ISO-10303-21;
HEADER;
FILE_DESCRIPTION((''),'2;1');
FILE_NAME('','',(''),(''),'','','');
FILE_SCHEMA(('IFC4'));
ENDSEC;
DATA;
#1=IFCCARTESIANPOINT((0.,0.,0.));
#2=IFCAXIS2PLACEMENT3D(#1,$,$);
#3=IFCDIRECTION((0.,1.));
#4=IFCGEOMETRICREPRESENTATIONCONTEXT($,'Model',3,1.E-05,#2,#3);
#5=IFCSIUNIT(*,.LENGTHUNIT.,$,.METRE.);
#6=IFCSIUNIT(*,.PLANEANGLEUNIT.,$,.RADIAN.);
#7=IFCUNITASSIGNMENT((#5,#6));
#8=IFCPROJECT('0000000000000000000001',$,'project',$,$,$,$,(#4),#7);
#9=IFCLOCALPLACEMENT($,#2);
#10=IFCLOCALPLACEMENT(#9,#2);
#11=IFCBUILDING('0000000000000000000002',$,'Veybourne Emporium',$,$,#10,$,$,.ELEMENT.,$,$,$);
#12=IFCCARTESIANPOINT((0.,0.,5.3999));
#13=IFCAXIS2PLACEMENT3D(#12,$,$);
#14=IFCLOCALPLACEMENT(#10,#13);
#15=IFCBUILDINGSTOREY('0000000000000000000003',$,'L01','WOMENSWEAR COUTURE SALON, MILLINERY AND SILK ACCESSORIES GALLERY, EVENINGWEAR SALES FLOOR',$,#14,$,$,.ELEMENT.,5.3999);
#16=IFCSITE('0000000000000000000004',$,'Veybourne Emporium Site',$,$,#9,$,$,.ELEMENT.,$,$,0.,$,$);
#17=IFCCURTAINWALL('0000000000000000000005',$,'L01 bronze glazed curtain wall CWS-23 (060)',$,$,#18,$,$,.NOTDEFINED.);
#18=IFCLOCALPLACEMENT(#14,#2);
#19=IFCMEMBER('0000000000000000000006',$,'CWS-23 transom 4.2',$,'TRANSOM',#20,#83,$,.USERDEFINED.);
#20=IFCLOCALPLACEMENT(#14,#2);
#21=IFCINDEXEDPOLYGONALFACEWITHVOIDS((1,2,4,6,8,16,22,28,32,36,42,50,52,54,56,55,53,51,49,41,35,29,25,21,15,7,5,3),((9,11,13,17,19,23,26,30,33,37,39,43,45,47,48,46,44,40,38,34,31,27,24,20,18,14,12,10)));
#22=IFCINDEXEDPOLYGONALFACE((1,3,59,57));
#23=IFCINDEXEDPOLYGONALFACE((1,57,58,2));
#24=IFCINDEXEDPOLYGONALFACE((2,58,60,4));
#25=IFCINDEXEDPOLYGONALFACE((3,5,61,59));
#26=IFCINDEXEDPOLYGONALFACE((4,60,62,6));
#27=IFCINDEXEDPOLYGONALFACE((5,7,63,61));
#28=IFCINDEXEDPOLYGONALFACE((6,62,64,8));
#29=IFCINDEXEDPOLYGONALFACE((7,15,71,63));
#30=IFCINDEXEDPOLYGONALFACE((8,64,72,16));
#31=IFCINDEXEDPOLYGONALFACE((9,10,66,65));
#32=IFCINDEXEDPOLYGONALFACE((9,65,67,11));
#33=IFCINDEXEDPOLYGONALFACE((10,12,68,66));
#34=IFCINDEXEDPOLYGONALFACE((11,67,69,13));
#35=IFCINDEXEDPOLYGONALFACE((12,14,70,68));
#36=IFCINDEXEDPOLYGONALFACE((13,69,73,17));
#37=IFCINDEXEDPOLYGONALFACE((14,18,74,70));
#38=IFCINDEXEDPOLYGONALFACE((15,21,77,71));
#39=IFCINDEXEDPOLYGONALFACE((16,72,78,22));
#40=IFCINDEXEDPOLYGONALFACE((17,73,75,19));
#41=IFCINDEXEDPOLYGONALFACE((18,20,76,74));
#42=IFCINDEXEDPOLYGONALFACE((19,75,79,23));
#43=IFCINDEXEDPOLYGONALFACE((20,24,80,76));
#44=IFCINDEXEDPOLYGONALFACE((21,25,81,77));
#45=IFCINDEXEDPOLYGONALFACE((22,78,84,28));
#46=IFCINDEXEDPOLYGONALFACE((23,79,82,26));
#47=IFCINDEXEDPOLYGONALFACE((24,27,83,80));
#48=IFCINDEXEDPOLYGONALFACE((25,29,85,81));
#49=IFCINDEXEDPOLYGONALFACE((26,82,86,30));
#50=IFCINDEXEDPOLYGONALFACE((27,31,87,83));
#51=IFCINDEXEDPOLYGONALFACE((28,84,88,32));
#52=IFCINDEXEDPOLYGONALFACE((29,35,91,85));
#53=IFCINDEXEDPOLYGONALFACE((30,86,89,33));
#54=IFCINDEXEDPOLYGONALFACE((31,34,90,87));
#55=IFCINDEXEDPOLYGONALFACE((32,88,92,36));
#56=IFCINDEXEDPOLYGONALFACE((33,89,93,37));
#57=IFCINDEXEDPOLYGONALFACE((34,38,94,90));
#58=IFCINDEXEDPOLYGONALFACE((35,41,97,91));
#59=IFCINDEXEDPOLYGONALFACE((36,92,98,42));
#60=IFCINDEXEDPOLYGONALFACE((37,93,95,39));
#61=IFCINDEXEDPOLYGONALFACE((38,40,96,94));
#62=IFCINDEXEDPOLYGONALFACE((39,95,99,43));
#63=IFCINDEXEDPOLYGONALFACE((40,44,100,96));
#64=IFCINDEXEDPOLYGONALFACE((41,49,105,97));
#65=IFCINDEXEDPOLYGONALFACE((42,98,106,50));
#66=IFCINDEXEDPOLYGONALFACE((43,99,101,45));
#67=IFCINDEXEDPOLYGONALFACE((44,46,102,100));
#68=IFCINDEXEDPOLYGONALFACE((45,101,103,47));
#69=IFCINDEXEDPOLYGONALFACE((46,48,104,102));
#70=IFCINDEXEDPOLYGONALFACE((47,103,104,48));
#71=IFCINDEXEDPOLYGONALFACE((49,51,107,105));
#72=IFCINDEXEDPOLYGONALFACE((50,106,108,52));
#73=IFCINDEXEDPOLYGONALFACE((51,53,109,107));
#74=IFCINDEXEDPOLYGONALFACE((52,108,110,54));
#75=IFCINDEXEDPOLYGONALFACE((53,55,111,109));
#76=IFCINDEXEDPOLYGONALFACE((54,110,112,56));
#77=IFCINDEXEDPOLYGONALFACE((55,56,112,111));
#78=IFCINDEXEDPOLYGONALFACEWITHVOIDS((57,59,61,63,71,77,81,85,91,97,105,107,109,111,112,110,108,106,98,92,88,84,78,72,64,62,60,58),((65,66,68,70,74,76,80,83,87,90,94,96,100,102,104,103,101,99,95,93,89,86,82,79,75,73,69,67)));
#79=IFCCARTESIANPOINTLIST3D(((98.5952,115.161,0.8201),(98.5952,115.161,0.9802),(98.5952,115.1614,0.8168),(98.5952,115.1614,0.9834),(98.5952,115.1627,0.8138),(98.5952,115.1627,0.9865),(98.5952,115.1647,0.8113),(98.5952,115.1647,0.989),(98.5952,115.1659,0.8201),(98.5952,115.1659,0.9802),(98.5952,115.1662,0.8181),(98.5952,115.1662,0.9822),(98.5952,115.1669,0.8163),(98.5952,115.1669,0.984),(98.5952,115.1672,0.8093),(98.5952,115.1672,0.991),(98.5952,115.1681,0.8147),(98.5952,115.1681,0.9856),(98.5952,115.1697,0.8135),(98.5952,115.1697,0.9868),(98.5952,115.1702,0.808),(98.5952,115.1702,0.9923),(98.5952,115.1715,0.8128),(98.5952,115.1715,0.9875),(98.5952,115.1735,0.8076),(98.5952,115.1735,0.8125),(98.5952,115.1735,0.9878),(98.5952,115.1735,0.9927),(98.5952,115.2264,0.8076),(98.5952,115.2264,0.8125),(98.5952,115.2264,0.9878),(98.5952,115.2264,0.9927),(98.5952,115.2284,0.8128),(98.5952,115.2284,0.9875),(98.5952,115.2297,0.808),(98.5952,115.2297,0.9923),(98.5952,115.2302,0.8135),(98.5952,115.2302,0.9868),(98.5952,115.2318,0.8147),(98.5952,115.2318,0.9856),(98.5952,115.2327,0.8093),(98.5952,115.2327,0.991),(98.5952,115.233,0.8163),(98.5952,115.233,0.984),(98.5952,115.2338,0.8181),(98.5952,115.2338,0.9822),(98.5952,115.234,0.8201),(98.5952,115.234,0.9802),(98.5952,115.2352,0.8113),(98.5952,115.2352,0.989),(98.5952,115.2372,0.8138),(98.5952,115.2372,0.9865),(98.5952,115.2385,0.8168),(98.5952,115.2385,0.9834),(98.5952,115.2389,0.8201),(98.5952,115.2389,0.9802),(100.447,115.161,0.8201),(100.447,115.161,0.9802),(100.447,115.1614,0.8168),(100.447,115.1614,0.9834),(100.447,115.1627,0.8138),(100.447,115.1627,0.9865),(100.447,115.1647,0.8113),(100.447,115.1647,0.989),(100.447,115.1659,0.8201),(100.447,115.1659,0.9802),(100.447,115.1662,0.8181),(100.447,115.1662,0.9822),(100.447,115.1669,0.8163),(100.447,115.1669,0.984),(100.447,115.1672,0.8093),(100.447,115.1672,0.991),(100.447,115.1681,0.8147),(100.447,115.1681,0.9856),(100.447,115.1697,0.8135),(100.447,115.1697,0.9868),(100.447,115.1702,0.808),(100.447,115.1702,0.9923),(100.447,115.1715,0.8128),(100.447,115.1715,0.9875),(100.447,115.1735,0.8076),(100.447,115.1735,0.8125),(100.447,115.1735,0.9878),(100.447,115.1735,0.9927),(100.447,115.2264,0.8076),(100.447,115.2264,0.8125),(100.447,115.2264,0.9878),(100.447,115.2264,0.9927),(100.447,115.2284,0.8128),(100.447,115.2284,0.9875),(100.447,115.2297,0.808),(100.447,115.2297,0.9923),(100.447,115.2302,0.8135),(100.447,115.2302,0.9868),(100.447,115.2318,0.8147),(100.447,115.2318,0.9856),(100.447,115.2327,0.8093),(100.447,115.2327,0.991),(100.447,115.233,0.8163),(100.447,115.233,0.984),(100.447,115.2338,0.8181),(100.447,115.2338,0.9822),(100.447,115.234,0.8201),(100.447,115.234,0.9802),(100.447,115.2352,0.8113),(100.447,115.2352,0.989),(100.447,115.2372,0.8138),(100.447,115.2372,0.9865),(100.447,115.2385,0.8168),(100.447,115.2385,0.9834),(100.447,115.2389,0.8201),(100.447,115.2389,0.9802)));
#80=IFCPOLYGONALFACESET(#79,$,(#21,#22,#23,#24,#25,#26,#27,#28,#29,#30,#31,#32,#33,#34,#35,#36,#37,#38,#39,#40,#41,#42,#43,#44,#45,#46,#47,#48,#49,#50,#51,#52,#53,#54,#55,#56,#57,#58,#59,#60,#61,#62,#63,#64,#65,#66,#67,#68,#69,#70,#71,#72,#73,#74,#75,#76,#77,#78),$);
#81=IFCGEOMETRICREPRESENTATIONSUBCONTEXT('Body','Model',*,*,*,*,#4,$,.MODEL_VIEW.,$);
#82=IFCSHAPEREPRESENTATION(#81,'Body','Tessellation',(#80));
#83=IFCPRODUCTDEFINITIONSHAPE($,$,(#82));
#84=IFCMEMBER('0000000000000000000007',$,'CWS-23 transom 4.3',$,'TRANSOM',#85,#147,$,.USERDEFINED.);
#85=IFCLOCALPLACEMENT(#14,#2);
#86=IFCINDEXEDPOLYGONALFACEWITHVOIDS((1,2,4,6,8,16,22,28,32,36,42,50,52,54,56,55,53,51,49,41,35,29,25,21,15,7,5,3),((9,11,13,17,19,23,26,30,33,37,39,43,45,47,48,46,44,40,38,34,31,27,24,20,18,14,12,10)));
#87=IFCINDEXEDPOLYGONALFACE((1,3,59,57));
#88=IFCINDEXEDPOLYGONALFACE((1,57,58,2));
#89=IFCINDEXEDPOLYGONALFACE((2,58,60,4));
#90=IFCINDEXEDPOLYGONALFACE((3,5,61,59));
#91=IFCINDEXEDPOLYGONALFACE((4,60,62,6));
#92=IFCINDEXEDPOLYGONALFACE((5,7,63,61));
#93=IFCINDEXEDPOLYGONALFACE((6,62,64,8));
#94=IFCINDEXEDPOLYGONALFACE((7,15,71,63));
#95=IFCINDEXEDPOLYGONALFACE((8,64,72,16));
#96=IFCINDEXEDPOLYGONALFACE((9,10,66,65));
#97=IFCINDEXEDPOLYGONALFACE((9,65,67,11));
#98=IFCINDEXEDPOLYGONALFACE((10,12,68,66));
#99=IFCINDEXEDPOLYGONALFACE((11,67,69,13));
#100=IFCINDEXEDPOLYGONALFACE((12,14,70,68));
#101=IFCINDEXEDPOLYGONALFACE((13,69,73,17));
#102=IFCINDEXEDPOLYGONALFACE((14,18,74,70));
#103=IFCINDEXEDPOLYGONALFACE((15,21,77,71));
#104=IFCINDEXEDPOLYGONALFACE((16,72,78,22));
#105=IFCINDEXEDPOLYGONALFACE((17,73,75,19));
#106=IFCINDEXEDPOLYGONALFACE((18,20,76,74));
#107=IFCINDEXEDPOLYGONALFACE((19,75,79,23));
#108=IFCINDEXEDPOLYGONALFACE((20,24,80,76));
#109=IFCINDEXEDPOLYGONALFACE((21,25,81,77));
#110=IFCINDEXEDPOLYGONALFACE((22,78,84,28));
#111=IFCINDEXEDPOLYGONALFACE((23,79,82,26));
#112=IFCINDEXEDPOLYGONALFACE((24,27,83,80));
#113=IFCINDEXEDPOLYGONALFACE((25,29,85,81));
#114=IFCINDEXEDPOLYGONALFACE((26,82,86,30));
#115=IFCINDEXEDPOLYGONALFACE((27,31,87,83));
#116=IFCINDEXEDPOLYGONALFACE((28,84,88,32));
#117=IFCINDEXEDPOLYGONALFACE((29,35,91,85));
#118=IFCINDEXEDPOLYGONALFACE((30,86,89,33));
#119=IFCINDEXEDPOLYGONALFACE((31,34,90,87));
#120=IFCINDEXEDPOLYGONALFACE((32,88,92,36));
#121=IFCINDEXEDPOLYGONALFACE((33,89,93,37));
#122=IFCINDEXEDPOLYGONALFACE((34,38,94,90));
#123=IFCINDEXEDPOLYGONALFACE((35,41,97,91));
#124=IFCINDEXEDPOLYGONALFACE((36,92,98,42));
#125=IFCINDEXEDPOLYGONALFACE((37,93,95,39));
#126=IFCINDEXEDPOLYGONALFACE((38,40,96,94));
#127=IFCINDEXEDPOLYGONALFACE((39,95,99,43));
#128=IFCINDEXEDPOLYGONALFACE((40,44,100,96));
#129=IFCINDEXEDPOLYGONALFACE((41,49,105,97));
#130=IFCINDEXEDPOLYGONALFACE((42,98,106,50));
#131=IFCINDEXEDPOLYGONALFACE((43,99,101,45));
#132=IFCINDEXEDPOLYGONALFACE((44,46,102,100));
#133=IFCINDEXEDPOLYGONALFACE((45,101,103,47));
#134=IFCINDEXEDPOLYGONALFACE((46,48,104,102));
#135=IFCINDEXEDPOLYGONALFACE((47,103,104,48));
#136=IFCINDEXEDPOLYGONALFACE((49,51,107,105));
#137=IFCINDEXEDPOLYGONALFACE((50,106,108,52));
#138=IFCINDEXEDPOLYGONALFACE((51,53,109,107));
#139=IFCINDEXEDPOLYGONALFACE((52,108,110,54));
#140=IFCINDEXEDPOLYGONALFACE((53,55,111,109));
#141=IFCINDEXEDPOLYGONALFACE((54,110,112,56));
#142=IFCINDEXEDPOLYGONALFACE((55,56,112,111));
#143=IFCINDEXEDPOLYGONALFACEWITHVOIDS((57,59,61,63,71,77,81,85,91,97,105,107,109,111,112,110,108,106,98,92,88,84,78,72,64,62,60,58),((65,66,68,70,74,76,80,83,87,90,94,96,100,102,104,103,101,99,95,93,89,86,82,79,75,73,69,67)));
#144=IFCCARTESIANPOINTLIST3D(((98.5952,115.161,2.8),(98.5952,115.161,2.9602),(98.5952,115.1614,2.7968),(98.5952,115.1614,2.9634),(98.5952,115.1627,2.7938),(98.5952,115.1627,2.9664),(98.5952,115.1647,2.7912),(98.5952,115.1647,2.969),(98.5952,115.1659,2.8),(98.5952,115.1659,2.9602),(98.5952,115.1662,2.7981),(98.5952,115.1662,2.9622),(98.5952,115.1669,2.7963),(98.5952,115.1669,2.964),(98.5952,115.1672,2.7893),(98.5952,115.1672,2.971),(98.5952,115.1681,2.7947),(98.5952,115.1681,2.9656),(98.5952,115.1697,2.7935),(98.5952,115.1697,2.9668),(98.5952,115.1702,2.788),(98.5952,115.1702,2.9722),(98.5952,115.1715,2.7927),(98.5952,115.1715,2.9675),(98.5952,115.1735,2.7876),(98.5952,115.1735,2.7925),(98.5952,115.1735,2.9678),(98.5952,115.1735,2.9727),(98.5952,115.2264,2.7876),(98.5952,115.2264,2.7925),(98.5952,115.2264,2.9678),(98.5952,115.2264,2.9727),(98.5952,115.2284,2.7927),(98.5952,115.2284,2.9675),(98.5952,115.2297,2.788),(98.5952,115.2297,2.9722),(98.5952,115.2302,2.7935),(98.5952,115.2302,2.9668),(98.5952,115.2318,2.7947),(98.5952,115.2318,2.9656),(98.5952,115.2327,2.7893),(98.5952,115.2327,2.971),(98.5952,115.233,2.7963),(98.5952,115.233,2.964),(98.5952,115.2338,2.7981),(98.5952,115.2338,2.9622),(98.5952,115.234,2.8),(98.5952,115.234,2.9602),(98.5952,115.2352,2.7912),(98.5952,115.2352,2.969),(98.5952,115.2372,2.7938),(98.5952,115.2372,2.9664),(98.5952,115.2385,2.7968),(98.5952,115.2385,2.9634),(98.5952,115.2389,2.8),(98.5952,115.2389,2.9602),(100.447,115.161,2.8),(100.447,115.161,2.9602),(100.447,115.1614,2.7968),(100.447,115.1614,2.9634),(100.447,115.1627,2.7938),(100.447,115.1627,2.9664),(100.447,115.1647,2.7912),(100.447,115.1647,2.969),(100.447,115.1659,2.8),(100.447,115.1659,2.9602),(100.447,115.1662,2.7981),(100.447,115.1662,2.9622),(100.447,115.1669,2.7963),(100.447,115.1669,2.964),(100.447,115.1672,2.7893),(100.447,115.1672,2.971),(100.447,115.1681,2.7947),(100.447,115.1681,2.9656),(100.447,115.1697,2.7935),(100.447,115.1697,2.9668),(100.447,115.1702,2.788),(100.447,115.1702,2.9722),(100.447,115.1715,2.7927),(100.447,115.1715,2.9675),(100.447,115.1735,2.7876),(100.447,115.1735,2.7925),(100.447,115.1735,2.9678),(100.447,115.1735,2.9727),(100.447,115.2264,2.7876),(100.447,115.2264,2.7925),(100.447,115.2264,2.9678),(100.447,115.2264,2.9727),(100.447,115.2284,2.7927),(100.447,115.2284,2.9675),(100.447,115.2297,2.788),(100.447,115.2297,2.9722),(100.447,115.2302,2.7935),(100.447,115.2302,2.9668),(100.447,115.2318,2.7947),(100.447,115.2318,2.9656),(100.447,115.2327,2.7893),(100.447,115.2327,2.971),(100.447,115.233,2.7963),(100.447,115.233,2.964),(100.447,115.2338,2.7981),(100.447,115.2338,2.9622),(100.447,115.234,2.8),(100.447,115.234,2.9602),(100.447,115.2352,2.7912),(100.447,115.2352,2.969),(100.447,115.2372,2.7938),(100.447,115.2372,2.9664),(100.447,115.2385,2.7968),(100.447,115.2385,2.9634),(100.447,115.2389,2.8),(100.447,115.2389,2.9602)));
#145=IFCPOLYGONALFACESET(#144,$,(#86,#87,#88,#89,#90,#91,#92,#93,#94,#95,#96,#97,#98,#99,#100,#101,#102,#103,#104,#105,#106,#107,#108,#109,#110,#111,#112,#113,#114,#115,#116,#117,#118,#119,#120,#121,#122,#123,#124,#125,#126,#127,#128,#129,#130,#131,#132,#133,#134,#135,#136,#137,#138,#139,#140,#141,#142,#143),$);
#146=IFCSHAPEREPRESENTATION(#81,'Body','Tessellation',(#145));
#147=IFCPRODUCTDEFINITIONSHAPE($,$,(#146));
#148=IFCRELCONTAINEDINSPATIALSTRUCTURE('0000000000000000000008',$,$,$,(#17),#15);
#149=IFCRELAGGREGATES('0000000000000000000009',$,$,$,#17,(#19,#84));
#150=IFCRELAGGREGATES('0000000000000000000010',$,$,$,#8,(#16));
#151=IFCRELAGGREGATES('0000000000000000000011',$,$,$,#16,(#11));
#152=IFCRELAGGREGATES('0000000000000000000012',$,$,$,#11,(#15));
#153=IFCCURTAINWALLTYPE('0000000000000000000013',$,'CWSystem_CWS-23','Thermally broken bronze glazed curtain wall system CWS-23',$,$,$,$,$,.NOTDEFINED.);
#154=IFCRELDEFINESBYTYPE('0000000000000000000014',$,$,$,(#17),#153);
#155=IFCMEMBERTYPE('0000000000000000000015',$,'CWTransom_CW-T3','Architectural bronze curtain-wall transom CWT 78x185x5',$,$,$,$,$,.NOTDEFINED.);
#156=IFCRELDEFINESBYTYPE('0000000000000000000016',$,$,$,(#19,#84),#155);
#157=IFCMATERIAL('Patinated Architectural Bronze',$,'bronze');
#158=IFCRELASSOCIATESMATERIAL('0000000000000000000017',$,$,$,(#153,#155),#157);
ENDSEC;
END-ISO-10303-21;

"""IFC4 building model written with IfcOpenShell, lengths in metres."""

from ifc_helpers import new_model, si_unit, direction, frame, origin, origin_2d, place, context, subcontext, project, spatial, hollow_rectangle, extrude, material, material_profile, profile_set, type_object, element, aggregate, save


model = new_model("IFC4")

# Units and contexts
model_context = context("Model", 3, precision=1e-05, world=origin(), true_north=direction((0.0, 1.0)))
body_context = subcontext(model_context, "Body", "Model", "MODEL_VIEW")
ifc_project = project(units=[si_unit("LENGTHUNIT", "METRE"), si_unit("PLANEANGLEUNIT", "RADIAN")], contexts=[model_context])

# Site, building, storey
site_placement = place(None, origin())
site = spatial("IfcSite", under=ifc_project, at=site_placement, Name="Veybourne Emporium Site", CompositionType="ELEMENT", RefElevation=0.0)
building_placement = place(site_placement, origin())
building = spatial("IfcBuilding", under=site, at=building_placement, Name="Veybourne Emporium", CompositionType="ELEMENT")
storey_placement = place(building_placement, frame((0.0, 0.0, 5.3999)))
storey = spatial("IfcBuildingStorey", under=building, at=storey_placement, Name="L01", Description="WOMENSWEAR COUTURE SALON, MILLINERY AND SILK ACCESSORIES GALLERY, EVENINGWEAR SALES FLOOR", CompositionType="ELEMENT", Elevation=5.3999)

# Curtain wall, members
ifc_material_1 = material(Name="Patinated Architectural Bronze", Category="bronze")
curtain_wall_type = type_object("IfcCurtainWallType", Name="CWSystem_CWS-23", Description="Thermally broken bronze glazed curtain wall system CWS-23", PredefinedType="NOTDEFINED", material=ifc_material_1)
curtain_wall_placement = place(storey_placement, origin())
curtain_wall = element("IfcCurtainWall", 1, at=curtain_wall_placement, inside=storey, type_object=curtain_wall_type, Name="L01 bronze glazed curtain wall CWS-23 (060)", PredefinedType="NOTDEFINED")
ifc_material_profile_1 = material_profile(ifc_material_1, hollow_rectangle(XDim=0.0779, YDim=0.1851, WallThickness=0.0049, InnerFilletRadius=0.0076, OuterFilletRadius=0.0125, at=origin_2d()), Name="CWT 78x185x5")
ifc_profile_set_1 = profile_set([ifc_material_profile_1], Name="Patinated Architectural Bronze")
member_type_1 = type_object("IfcMemberType", Name="CWTransom_CW-T3", Description="Architectural bronze curtain-wall transom CWT 78x185x5", PredefinedType="NOTDEFINED", material=ifc_profile_set_1)
member_1_placement = place(storey_placement, frame((98.5952, 115.2, 0.9001), z_axis=(1.0, 0.0, 0.0), x_axis=(0.0, 1.0, 0.0)))
member_1 = element("IfcMember", 2, at=member_1_placement, type_object=member_type_1, Name="CWS-23 transom 4.2", ObjectType="TRANSOM", PredefinedType="USERDEFINED", context=body_context, shape_type="SweptSolid", body=[
    extrude(hollow_rectangle(XDim=0.0779, YDim=0.1851, WallThickness=0.0049, InnerFilletRadius=0.0076, OuterFilletRadius=0.0125, at=origin_2d()), origin(), (0.0, 0.0, 1.0), 1.8518),
])
member_2_placement = place(storey_placement, frame((98.5952, 115.2, 2.8801), z_axis=(1.0, 0.0, 0.0), x_axis=(0.0, 1.0, 0.0)))
member_2 = element("IfcMember", 3, at=member_2_placement, type_object=member_type_1, Name="CWS-23 transom 4.3", ObjectType="TRANSOM", PredefinedType="USERDEFINED", context=body_context, shape_type="SweptSolid", body=[
    extrude(hollow_rectangle(XDim=0.0779, YDim=0.1851, WallThickness=0.0049, InnerFilletRadius=0.0076, OuterFilletRadius=0.0125, at=origin_2d()), origin(), (0.0, 0.0, 1.0), 1.8518),
])
aggregate(curtain_wall, [member_1, member_2])

save(model, "model.ifc")
